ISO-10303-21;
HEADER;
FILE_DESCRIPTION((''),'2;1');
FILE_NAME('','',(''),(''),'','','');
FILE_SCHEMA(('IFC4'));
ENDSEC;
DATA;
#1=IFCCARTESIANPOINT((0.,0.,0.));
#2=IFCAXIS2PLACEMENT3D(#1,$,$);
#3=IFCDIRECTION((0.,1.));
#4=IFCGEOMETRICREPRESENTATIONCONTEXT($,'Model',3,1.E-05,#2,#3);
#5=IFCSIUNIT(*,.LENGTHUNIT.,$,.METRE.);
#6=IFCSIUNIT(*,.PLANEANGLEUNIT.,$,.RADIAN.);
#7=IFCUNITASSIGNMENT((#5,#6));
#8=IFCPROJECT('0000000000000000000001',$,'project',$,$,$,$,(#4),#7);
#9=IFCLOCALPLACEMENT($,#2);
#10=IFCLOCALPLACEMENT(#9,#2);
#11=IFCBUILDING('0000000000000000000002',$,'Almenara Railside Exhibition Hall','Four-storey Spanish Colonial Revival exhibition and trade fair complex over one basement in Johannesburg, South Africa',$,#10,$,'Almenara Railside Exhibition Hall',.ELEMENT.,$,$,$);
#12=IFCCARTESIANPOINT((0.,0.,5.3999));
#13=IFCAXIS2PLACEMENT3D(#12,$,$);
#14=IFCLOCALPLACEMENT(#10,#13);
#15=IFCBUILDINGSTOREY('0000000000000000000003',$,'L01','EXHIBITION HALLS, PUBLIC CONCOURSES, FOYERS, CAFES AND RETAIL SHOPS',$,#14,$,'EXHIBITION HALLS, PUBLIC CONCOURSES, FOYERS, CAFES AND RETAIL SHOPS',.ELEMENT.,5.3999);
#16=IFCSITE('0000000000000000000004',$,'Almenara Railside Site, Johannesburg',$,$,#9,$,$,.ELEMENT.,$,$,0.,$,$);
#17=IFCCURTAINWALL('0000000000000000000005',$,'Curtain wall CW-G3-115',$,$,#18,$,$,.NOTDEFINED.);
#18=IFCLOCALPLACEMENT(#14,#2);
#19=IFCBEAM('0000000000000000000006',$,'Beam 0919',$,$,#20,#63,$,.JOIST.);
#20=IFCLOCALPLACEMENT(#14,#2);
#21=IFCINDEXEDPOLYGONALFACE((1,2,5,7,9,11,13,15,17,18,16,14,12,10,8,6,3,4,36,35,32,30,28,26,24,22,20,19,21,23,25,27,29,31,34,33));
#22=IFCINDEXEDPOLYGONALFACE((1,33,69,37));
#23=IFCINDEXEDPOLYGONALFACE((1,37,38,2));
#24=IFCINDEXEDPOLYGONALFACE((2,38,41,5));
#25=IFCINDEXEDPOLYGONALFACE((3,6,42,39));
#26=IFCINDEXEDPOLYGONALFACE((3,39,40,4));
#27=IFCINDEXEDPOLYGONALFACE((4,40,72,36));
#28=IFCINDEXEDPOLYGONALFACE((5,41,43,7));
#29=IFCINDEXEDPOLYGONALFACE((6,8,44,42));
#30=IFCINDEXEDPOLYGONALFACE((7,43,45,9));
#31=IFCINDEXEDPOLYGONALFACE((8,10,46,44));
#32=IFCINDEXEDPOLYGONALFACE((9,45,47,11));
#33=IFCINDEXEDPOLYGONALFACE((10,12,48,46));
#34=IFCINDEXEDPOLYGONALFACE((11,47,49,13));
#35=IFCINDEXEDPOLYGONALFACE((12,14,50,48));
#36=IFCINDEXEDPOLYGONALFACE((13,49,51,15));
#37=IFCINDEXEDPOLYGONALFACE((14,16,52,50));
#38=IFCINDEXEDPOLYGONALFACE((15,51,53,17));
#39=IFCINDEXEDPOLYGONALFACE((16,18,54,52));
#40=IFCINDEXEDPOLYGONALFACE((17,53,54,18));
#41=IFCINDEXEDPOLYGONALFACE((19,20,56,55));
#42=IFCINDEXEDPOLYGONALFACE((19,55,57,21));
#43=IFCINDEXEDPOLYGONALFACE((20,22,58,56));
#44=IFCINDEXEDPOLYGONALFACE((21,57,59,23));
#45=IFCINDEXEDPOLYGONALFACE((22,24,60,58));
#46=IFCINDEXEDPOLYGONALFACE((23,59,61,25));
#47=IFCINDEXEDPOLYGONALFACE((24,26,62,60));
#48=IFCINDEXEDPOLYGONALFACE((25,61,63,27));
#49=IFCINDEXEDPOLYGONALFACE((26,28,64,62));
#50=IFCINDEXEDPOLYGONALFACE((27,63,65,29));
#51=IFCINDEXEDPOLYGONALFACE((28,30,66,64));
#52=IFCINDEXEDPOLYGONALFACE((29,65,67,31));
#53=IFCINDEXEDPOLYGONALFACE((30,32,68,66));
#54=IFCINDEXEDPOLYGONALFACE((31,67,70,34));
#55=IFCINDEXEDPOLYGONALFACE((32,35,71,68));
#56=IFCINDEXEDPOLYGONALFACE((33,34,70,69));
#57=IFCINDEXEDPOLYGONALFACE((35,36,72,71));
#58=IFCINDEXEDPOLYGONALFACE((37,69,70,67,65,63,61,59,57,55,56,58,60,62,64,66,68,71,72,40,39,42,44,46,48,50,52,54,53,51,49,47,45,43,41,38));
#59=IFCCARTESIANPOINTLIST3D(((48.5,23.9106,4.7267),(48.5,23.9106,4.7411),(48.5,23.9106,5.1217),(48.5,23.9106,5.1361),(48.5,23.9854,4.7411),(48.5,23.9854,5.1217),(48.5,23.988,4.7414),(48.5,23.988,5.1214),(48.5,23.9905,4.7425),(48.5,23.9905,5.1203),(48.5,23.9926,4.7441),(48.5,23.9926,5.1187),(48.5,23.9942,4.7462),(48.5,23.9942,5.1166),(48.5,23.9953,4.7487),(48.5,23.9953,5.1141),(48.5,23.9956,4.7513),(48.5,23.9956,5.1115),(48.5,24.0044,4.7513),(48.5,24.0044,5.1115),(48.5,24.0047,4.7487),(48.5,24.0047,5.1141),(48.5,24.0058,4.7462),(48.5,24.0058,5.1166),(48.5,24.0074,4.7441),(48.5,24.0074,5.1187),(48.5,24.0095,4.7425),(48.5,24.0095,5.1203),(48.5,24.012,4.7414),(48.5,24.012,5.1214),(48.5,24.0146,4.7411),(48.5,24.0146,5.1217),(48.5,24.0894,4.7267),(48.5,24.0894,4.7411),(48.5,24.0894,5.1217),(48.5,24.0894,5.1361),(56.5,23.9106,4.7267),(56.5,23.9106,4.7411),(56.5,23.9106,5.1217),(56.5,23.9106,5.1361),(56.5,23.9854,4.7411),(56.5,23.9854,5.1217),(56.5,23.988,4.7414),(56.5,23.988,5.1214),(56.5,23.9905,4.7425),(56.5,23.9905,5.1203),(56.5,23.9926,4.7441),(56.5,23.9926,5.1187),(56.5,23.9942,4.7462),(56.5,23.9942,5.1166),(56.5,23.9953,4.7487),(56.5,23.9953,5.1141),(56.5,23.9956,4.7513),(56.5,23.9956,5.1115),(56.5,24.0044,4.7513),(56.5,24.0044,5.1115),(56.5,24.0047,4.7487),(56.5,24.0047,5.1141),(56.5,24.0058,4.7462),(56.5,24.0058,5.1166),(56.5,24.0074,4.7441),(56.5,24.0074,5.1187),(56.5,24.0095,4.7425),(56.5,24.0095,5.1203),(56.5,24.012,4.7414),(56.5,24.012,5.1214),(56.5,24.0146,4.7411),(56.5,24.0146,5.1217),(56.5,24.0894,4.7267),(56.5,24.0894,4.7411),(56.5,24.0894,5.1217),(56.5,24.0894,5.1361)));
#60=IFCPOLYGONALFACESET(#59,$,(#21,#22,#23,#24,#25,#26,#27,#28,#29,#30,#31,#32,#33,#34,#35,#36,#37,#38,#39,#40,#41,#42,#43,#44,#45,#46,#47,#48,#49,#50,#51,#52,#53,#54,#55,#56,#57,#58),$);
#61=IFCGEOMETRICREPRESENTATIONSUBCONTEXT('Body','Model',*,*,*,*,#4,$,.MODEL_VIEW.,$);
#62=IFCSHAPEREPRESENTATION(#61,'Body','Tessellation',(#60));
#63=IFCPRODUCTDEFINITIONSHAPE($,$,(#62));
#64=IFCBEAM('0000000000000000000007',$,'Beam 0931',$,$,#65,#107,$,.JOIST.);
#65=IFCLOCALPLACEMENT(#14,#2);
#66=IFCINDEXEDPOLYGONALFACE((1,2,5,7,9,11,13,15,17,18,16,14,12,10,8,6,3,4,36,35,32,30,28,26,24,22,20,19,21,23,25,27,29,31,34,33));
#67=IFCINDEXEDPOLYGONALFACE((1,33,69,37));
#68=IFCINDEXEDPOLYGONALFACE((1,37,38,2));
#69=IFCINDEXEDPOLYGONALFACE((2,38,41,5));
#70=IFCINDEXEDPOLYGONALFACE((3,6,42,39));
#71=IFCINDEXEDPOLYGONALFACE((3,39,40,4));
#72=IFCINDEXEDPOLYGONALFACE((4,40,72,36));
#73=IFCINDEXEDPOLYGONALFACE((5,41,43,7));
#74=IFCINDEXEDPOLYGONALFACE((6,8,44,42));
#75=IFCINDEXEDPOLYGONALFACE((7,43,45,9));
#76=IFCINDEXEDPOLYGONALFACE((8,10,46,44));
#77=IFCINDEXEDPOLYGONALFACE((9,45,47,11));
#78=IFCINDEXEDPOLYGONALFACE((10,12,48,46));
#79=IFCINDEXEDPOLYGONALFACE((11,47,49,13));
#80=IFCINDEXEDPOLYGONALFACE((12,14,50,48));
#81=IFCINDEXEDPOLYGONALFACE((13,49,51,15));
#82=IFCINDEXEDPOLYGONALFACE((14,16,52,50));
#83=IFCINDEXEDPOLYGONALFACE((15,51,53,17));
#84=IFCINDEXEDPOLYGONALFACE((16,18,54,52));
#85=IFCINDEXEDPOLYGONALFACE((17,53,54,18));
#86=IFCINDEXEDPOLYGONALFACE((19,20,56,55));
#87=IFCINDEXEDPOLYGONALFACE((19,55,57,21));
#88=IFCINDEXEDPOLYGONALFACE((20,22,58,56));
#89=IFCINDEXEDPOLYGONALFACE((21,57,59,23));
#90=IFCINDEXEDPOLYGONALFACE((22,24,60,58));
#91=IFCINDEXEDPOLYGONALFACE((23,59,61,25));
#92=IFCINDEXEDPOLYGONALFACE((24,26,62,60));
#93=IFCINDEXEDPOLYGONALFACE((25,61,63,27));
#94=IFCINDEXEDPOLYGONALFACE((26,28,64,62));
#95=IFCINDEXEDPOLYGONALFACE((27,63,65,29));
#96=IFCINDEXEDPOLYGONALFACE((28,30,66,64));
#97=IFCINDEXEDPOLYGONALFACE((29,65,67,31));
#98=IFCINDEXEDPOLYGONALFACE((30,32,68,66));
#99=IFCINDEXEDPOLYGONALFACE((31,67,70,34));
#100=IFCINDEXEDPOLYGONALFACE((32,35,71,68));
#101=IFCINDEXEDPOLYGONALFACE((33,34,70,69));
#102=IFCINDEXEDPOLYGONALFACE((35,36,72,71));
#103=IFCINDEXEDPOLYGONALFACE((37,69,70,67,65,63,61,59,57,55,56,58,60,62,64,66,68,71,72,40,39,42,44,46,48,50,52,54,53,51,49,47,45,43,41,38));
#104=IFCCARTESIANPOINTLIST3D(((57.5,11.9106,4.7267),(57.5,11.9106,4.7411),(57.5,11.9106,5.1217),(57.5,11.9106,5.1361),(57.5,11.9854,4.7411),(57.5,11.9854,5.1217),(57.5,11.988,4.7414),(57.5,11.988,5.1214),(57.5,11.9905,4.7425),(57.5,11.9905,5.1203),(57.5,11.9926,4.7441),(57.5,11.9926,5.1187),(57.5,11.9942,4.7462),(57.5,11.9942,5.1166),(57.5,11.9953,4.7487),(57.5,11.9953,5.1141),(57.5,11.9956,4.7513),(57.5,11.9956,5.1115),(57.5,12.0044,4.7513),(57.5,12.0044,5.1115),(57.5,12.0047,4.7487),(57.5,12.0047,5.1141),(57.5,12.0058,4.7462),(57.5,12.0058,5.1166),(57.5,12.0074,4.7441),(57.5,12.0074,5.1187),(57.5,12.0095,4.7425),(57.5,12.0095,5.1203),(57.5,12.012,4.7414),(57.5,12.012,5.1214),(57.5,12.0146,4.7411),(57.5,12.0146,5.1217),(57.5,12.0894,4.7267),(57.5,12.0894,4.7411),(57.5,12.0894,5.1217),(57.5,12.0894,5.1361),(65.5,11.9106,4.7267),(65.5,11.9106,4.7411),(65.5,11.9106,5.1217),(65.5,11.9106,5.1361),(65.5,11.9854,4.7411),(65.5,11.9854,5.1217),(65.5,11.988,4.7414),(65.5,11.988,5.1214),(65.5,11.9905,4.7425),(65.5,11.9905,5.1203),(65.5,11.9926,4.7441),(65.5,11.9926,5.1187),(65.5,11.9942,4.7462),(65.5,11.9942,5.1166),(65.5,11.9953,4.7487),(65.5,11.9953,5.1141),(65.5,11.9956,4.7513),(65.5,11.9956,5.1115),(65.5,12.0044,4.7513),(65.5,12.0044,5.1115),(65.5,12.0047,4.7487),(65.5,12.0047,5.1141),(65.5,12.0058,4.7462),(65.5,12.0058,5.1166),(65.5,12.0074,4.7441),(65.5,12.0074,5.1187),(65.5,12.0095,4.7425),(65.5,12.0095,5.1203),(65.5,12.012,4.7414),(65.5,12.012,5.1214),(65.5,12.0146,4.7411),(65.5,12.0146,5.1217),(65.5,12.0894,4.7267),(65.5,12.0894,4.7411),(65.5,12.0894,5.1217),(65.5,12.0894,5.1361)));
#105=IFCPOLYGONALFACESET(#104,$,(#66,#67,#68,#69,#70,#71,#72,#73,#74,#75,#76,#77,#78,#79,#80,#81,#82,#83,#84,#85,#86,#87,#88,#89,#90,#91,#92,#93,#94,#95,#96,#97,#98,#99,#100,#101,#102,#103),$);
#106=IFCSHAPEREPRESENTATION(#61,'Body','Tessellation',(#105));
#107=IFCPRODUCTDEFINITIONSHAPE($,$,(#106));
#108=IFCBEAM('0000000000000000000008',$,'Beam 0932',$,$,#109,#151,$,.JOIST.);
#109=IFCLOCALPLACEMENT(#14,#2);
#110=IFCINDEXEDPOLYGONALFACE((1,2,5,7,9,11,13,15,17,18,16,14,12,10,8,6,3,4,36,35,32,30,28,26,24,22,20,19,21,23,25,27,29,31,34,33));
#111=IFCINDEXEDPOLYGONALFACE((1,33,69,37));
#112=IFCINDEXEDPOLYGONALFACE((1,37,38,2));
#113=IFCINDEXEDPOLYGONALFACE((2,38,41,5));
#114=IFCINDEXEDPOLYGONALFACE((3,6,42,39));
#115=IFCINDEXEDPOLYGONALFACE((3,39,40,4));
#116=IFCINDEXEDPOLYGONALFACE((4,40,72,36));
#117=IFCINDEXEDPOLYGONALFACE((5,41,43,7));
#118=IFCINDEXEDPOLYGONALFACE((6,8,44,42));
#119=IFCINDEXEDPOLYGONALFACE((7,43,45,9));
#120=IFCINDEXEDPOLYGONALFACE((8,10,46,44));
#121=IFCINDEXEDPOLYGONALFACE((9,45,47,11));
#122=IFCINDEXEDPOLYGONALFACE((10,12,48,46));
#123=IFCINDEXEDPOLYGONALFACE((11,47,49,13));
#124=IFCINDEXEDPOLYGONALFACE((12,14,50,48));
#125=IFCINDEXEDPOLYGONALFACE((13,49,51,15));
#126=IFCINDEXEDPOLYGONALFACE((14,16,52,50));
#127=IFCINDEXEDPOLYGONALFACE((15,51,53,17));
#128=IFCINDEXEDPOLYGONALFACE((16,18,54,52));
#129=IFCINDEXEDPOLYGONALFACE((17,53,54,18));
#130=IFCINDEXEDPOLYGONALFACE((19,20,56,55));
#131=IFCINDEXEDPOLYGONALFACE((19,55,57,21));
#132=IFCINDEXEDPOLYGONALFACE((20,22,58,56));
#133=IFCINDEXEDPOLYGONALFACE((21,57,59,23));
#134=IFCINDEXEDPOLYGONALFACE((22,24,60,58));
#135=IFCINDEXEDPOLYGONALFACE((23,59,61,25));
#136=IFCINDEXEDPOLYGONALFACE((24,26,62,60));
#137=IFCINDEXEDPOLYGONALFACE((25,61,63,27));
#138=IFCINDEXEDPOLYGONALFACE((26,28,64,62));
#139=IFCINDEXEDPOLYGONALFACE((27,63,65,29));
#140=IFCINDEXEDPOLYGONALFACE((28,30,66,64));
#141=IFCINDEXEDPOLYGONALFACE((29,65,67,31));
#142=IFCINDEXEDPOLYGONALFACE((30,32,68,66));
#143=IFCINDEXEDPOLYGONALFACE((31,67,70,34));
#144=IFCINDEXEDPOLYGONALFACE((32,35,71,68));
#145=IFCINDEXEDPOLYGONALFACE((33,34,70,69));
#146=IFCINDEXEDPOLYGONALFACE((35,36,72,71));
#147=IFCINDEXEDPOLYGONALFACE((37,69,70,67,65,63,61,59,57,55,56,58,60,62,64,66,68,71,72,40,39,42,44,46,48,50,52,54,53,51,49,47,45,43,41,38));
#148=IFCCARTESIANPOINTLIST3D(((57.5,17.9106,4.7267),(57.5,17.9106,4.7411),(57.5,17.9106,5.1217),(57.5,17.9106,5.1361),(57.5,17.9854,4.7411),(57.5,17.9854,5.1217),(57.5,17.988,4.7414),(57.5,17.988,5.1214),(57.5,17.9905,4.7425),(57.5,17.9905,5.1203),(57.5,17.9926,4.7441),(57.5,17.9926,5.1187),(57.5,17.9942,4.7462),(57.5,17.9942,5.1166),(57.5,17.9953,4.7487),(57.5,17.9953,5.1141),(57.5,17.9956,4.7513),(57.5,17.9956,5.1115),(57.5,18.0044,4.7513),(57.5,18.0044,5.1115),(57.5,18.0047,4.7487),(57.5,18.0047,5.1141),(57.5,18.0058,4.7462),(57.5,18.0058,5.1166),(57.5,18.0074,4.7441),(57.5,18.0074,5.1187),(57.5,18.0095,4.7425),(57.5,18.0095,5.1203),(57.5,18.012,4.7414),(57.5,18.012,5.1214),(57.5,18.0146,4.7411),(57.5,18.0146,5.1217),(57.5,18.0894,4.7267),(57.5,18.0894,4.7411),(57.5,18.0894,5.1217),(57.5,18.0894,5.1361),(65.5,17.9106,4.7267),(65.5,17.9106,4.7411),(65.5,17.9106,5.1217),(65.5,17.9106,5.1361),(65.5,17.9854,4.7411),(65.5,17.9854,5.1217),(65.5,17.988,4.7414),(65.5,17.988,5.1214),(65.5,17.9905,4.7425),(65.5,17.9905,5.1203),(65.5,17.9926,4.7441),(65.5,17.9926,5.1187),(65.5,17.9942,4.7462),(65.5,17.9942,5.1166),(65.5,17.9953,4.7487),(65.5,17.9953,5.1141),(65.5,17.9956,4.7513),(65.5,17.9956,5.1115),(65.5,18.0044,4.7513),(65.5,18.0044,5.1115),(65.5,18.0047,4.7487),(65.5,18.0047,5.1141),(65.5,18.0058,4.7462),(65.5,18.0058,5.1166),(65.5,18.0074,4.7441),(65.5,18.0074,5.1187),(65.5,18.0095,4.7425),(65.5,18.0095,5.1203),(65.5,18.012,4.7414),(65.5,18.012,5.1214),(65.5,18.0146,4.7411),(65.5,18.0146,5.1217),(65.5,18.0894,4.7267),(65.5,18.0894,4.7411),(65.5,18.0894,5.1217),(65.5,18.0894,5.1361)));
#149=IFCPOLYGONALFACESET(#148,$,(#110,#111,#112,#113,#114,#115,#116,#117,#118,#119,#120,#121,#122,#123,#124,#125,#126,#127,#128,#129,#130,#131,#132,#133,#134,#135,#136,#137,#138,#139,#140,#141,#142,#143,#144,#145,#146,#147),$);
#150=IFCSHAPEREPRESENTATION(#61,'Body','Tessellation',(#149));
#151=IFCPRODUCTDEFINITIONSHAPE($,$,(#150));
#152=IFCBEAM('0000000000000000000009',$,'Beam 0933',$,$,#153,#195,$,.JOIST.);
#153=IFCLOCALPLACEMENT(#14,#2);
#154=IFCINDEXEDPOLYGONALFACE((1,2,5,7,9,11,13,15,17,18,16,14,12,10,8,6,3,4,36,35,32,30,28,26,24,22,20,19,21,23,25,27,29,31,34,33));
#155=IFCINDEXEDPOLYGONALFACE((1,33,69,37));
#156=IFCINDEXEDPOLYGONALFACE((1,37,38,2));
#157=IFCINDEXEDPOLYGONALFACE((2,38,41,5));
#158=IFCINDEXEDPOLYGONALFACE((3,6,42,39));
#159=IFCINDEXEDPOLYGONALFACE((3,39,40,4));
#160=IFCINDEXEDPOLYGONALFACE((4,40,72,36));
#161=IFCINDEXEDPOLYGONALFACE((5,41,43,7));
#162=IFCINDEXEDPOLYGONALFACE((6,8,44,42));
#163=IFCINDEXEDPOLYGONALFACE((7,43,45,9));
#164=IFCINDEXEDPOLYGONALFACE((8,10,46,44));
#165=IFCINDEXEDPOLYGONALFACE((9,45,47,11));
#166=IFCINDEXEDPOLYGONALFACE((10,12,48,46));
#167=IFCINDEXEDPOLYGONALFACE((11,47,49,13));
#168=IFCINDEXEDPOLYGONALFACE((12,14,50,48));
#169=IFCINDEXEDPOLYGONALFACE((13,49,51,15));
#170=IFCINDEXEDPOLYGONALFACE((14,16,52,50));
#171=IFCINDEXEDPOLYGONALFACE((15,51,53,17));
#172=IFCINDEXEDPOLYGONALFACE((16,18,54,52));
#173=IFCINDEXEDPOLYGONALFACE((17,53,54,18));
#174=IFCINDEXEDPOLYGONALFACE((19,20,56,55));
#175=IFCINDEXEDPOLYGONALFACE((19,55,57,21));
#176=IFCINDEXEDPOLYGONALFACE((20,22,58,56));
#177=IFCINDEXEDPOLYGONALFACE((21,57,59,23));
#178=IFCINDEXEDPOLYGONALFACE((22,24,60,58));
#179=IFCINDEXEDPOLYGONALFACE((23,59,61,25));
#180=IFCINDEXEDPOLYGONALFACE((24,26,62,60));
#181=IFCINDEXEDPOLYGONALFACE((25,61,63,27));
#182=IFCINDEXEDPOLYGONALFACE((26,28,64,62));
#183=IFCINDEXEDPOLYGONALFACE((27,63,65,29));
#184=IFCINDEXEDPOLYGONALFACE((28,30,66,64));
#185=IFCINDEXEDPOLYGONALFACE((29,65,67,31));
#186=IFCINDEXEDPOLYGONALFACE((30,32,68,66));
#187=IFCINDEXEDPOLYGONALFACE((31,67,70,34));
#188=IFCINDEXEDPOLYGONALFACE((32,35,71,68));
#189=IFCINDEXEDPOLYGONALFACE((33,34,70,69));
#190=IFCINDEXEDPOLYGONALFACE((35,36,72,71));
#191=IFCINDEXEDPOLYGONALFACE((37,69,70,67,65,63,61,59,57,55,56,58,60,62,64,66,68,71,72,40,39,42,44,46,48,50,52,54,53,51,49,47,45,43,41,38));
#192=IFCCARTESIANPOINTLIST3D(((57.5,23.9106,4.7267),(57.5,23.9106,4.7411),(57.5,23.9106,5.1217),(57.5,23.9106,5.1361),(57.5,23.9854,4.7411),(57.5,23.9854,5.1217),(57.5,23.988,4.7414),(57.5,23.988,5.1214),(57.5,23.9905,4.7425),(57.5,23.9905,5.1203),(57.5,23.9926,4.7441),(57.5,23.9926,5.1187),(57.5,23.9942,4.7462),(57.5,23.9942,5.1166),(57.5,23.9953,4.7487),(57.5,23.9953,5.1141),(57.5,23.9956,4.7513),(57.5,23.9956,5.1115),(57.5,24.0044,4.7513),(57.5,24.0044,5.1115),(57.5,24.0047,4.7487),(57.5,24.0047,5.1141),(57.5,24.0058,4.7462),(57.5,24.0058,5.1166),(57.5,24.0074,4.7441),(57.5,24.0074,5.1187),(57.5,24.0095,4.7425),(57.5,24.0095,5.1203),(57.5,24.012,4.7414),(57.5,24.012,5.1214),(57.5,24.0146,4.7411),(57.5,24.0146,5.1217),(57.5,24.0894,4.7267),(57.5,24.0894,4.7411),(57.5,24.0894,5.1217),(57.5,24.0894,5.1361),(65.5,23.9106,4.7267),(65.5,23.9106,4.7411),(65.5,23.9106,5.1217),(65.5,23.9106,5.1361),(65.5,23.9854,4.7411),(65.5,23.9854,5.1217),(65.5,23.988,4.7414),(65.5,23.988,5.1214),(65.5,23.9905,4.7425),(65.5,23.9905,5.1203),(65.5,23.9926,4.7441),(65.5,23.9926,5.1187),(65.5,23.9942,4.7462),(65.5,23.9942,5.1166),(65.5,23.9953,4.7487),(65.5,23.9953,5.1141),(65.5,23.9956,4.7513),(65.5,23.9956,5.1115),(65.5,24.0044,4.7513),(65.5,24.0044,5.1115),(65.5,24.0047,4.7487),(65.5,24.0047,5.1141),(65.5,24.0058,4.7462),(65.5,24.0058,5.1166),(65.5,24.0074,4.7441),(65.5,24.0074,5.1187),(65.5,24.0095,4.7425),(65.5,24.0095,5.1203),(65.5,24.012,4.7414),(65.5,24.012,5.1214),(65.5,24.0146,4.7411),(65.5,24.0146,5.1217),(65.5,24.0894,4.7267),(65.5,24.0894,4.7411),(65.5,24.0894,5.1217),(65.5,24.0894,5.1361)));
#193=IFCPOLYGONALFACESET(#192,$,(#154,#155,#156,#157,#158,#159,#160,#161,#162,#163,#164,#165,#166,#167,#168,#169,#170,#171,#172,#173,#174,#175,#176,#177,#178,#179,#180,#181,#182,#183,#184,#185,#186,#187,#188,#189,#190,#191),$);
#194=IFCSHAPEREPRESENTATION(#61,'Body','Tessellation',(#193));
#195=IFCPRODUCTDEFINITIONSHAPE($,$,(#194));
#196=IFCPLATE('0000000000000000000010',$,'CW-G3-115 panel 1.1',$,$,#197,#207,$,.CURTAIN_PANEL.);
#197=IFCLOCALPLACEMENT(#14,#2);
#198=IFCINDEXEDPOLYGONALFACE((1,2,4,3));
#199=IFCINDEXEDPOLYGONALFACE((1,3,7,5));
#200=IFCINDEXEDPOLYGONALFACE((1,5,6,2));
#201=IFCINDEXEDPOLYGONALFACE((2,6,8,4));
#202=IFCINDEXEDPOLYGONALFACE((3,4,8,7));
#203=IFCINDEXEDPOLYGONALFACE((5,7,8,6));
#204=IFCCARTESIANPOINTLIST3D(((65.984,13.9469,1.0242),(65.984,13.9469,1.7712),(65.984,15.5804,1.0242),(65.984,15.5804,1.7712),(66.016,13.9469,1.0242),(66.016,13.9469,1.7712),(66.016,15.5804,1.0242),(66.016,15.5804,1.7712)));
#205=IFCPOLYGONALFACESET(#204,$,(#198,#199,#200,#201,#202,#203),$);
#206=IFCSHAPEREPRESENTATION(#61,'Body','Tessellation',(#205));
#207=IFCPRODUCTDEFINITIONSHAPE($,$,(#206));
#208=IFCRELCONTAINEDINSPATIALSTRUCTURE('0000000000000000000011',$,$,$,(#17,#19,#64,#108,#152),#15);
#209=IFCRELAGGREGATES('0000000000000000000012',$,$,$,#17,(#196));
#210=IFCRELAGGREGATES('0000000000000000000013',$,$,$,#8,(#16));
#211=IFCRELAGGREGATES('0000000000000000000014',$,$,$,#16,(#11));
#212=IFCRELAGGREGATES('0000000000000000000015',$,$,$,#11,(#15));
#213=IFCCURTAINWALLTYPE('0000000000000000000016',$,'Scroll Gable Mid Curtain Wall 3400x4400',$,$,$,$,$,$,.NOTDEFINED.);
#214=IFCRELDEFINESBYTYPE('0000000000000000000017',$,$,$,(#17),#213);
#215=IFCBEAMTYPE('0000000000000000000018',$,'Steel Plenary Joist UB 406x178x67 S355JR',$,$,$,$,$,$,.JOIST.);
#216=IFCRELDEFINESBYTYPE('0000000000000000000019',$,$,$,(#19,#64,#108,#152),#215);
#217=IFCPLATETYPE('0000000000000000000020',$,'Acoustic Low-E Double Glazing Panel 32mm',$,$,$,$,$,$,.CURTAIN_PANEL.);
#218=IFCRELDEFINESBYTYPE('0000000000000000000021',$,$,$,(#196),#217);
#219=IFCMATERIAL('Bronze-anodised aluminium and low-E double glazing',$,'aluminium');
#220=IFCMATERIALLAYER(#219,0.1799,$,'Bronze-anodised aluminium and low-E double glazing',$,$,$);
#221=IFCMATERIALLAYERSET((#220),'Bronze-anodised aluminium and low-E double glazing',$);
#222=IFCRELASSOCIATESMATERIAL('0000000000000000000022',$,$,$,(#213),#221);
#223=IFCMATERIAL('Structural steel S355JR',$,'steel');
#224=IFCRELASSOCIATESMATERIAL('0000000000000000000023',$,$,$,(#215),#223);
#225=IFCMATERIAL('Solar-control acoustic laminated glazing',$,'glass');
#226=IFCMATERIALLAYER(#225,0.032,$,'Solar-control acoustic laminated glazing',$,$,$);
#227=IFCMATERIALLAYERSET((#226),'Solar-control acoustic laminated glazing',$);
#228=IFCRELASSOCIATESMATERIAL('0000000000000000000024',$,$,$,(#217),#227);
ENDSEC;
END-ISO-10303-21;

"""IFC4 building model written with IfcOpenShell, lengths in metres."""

from ifc_helpers import new_model, si_unit, direction, frame, origin, origin_2d, place, context, subcontext, project, spatial, rectangle, i_section, extrude, material, layer, layer_set, material_profile, profile_set, type_object, element, aggregate, save


model = new_model("IFC4")

# Units and contexts
model_context = context("Model", 3, precision=1e-05, world=origin(), true_north=direction((0.0, 1.0)))
body_context = subcontext(model_context, "Body", "Model", "MODEL_VIEW")
ifc_project = project(units=[si_unit("LENGTHUNIT", "METRE"), si_unit("PLANEANGLEUNIT", "RADIAN")], contexts=[model_context])

# Site, building, storey
site_placement = place(None, origin())
site = spatial("IfcSite", under=ifc_project, at=site_placement, Name="Almenara Railside Site, Johannesburg", CompositionType="ELEMENT", RefElevation=0.0)
building_placement = place(site_placement, origin())
building = spatial("IfcBuilding", under=site, at=building_placement, Name="Almenara Railside Exhibition Hall", Description="Four-storey Spanish Colonial Revival exhibition and trade fair complex over one basement in Johannesburg, South Africa", LongName="Almenara Railside Exhibition Hall", CompositionType="ELEMENT")
storey_placement = place(building_placement, frame((0.0, 0.0, 5.3999)))
storey = spatial("IfcBuildingStorey", under=building, at=storey_placement, Name="L01", Description="EXHIBITION HALLS, PUBLIC CONCOURSES, FOYERS, CAFES AND RETAIL SHOPS", LongName="EXHIBITION HALLS, PUBLIC CONCOURSES, FOYERS, CAFES AND RETAIL SHOPS", CompositionType="ELEMENT", Elevation=5.3999)

# Curtain wall
ifc_material_1 = material(Name="Bronze-anodised aluminium and low-E double glazing", Category="aluminium")
ifc_layer_1 = layer(ifc_material_1, 0.1799, Name="Bronze-anodised aluminium and low-E double glazing")
ifc_layer_set_1 = layer_set([ifc_layer_1], Name="Bronze-anodised aluminium and low-E double glazing")
curtain_wall_type_1 = type_object("IfcCurtainWallType", Name="Scroll Gable Mid Curtain Wall 3400x4400", PredefinedType="NOTDEFINED", material=ifc_layer_set_1)
curtain_wall_1_placement = place(storey_placement, origin())
curtain_wall_1 = element("IfcCurtainWall", 1, at=curtain_wall_1_placement, inside=storey, type_object=curtain_wall_type_1, Name="Curtain wall CW-G3-115", PredefinedType="NOTDEFINED")

# Beams
ifc_material_2 = material(Name="Structural steel S355JR", Category="steel")
ifc_material_profile_1 = material_profile(ifc_material_2, i_section(OverallWidth=0.1787, OverallDepth=0.4094, WebThickness=0.0088, FlangeThickness=0.0144, FilletRadius=0.0103, at=origin_2d()), Name="UB 406x178x67")
ifc_profile_set_1 = profile_set([ifc_material_profile_1], Name="Structural steel S355JR")
beam_type = type_object("IfcBeamType", Name="Steel Plenary Joist UB 406x178x67 S355JR", PredefinedType="JOIST", material=ifc_profile_set_1)
for number, where, z_axis, x_axis, name in (
    (2, (48.5, 24.0, 4.9314), (1.0, 0.0, 0.0), (0.0, 1.0, 0.0), "Beam 0919"),
    (3, (57.5, 12.0, 4.9314), (1.0, 0.0, 0.0), (0.0, 1.0, 0.0), "Beam 0931"),
    (4, (57.5, 18.0, 4.9314), (1.0, 0.0, 0.0), (0.0, 1.0, 0.0), "Beam 0932"),
    (5, (57.5, 24.0, 4.9314), (1.0, 0.0, 0.0), (0.0, 1.0, 0.0), "Beam 0933"),
):
    element("IfcBeam", number, at=place(storey_placement, frame(where, z_axis=z_axis, x_axis=x_axis)), inside=storey, type_object=beam_type, Name=name, PredefinedType="JOIST", context=body_context, shape_type="SweptSolid", body=[
        extrude(i_section(OverallWidth=0.1787, OverallDepth=0.4094, WebThickness=0.0088, FlangeThickness=0.0144, FilletRadius=0.0103, at=origin_2d()), origin(), (0.0, 0.0, 1.0), 8.0),
    ])

# Plate
ifc_material_3 = material(Name="Solar-control acoustic laminated glazing", Category="glass")
ifc_layer_2 = layer(ifc_material_3, 0.032, Name="Solar-control acoustic laminated glazing")
ifc_layer_set_2 = layer_set([ifc_layer_2], Name="Solar-control acoustic laminated glazing")
plate_type = type_object("IfcPlateType", Name="Acoustic Low-E Double Glazing Panel 32mm", PredefinedType="CURTAIN_PANEL", material=ifc_layer_set_2)
plate_1_placement = place(storey_placement, frame((66.0, 14.7637, 1.0242), z_axis=(0.0, 0.0, 1.0), x_axis=(0.0, 1.0, 0.0)))
plate_1 = element("IfcPlate", 6, at=plate_1_placement, type_object=plate_type, Name="CW-G3-115 panel 1.1", PredefinedType="CURTAIN_PANEL", context=body_context, shape_type="SweptSolid", body=[
    extrude(rectangle(XDim=1.6335, YDim=0.032, at=origin_2d()), origin(), (0.0, 0.0, 1.0), 0.7471),
])
aggregate(curtain_wall_1, [plate_1])

save(model, "model.ifc")
